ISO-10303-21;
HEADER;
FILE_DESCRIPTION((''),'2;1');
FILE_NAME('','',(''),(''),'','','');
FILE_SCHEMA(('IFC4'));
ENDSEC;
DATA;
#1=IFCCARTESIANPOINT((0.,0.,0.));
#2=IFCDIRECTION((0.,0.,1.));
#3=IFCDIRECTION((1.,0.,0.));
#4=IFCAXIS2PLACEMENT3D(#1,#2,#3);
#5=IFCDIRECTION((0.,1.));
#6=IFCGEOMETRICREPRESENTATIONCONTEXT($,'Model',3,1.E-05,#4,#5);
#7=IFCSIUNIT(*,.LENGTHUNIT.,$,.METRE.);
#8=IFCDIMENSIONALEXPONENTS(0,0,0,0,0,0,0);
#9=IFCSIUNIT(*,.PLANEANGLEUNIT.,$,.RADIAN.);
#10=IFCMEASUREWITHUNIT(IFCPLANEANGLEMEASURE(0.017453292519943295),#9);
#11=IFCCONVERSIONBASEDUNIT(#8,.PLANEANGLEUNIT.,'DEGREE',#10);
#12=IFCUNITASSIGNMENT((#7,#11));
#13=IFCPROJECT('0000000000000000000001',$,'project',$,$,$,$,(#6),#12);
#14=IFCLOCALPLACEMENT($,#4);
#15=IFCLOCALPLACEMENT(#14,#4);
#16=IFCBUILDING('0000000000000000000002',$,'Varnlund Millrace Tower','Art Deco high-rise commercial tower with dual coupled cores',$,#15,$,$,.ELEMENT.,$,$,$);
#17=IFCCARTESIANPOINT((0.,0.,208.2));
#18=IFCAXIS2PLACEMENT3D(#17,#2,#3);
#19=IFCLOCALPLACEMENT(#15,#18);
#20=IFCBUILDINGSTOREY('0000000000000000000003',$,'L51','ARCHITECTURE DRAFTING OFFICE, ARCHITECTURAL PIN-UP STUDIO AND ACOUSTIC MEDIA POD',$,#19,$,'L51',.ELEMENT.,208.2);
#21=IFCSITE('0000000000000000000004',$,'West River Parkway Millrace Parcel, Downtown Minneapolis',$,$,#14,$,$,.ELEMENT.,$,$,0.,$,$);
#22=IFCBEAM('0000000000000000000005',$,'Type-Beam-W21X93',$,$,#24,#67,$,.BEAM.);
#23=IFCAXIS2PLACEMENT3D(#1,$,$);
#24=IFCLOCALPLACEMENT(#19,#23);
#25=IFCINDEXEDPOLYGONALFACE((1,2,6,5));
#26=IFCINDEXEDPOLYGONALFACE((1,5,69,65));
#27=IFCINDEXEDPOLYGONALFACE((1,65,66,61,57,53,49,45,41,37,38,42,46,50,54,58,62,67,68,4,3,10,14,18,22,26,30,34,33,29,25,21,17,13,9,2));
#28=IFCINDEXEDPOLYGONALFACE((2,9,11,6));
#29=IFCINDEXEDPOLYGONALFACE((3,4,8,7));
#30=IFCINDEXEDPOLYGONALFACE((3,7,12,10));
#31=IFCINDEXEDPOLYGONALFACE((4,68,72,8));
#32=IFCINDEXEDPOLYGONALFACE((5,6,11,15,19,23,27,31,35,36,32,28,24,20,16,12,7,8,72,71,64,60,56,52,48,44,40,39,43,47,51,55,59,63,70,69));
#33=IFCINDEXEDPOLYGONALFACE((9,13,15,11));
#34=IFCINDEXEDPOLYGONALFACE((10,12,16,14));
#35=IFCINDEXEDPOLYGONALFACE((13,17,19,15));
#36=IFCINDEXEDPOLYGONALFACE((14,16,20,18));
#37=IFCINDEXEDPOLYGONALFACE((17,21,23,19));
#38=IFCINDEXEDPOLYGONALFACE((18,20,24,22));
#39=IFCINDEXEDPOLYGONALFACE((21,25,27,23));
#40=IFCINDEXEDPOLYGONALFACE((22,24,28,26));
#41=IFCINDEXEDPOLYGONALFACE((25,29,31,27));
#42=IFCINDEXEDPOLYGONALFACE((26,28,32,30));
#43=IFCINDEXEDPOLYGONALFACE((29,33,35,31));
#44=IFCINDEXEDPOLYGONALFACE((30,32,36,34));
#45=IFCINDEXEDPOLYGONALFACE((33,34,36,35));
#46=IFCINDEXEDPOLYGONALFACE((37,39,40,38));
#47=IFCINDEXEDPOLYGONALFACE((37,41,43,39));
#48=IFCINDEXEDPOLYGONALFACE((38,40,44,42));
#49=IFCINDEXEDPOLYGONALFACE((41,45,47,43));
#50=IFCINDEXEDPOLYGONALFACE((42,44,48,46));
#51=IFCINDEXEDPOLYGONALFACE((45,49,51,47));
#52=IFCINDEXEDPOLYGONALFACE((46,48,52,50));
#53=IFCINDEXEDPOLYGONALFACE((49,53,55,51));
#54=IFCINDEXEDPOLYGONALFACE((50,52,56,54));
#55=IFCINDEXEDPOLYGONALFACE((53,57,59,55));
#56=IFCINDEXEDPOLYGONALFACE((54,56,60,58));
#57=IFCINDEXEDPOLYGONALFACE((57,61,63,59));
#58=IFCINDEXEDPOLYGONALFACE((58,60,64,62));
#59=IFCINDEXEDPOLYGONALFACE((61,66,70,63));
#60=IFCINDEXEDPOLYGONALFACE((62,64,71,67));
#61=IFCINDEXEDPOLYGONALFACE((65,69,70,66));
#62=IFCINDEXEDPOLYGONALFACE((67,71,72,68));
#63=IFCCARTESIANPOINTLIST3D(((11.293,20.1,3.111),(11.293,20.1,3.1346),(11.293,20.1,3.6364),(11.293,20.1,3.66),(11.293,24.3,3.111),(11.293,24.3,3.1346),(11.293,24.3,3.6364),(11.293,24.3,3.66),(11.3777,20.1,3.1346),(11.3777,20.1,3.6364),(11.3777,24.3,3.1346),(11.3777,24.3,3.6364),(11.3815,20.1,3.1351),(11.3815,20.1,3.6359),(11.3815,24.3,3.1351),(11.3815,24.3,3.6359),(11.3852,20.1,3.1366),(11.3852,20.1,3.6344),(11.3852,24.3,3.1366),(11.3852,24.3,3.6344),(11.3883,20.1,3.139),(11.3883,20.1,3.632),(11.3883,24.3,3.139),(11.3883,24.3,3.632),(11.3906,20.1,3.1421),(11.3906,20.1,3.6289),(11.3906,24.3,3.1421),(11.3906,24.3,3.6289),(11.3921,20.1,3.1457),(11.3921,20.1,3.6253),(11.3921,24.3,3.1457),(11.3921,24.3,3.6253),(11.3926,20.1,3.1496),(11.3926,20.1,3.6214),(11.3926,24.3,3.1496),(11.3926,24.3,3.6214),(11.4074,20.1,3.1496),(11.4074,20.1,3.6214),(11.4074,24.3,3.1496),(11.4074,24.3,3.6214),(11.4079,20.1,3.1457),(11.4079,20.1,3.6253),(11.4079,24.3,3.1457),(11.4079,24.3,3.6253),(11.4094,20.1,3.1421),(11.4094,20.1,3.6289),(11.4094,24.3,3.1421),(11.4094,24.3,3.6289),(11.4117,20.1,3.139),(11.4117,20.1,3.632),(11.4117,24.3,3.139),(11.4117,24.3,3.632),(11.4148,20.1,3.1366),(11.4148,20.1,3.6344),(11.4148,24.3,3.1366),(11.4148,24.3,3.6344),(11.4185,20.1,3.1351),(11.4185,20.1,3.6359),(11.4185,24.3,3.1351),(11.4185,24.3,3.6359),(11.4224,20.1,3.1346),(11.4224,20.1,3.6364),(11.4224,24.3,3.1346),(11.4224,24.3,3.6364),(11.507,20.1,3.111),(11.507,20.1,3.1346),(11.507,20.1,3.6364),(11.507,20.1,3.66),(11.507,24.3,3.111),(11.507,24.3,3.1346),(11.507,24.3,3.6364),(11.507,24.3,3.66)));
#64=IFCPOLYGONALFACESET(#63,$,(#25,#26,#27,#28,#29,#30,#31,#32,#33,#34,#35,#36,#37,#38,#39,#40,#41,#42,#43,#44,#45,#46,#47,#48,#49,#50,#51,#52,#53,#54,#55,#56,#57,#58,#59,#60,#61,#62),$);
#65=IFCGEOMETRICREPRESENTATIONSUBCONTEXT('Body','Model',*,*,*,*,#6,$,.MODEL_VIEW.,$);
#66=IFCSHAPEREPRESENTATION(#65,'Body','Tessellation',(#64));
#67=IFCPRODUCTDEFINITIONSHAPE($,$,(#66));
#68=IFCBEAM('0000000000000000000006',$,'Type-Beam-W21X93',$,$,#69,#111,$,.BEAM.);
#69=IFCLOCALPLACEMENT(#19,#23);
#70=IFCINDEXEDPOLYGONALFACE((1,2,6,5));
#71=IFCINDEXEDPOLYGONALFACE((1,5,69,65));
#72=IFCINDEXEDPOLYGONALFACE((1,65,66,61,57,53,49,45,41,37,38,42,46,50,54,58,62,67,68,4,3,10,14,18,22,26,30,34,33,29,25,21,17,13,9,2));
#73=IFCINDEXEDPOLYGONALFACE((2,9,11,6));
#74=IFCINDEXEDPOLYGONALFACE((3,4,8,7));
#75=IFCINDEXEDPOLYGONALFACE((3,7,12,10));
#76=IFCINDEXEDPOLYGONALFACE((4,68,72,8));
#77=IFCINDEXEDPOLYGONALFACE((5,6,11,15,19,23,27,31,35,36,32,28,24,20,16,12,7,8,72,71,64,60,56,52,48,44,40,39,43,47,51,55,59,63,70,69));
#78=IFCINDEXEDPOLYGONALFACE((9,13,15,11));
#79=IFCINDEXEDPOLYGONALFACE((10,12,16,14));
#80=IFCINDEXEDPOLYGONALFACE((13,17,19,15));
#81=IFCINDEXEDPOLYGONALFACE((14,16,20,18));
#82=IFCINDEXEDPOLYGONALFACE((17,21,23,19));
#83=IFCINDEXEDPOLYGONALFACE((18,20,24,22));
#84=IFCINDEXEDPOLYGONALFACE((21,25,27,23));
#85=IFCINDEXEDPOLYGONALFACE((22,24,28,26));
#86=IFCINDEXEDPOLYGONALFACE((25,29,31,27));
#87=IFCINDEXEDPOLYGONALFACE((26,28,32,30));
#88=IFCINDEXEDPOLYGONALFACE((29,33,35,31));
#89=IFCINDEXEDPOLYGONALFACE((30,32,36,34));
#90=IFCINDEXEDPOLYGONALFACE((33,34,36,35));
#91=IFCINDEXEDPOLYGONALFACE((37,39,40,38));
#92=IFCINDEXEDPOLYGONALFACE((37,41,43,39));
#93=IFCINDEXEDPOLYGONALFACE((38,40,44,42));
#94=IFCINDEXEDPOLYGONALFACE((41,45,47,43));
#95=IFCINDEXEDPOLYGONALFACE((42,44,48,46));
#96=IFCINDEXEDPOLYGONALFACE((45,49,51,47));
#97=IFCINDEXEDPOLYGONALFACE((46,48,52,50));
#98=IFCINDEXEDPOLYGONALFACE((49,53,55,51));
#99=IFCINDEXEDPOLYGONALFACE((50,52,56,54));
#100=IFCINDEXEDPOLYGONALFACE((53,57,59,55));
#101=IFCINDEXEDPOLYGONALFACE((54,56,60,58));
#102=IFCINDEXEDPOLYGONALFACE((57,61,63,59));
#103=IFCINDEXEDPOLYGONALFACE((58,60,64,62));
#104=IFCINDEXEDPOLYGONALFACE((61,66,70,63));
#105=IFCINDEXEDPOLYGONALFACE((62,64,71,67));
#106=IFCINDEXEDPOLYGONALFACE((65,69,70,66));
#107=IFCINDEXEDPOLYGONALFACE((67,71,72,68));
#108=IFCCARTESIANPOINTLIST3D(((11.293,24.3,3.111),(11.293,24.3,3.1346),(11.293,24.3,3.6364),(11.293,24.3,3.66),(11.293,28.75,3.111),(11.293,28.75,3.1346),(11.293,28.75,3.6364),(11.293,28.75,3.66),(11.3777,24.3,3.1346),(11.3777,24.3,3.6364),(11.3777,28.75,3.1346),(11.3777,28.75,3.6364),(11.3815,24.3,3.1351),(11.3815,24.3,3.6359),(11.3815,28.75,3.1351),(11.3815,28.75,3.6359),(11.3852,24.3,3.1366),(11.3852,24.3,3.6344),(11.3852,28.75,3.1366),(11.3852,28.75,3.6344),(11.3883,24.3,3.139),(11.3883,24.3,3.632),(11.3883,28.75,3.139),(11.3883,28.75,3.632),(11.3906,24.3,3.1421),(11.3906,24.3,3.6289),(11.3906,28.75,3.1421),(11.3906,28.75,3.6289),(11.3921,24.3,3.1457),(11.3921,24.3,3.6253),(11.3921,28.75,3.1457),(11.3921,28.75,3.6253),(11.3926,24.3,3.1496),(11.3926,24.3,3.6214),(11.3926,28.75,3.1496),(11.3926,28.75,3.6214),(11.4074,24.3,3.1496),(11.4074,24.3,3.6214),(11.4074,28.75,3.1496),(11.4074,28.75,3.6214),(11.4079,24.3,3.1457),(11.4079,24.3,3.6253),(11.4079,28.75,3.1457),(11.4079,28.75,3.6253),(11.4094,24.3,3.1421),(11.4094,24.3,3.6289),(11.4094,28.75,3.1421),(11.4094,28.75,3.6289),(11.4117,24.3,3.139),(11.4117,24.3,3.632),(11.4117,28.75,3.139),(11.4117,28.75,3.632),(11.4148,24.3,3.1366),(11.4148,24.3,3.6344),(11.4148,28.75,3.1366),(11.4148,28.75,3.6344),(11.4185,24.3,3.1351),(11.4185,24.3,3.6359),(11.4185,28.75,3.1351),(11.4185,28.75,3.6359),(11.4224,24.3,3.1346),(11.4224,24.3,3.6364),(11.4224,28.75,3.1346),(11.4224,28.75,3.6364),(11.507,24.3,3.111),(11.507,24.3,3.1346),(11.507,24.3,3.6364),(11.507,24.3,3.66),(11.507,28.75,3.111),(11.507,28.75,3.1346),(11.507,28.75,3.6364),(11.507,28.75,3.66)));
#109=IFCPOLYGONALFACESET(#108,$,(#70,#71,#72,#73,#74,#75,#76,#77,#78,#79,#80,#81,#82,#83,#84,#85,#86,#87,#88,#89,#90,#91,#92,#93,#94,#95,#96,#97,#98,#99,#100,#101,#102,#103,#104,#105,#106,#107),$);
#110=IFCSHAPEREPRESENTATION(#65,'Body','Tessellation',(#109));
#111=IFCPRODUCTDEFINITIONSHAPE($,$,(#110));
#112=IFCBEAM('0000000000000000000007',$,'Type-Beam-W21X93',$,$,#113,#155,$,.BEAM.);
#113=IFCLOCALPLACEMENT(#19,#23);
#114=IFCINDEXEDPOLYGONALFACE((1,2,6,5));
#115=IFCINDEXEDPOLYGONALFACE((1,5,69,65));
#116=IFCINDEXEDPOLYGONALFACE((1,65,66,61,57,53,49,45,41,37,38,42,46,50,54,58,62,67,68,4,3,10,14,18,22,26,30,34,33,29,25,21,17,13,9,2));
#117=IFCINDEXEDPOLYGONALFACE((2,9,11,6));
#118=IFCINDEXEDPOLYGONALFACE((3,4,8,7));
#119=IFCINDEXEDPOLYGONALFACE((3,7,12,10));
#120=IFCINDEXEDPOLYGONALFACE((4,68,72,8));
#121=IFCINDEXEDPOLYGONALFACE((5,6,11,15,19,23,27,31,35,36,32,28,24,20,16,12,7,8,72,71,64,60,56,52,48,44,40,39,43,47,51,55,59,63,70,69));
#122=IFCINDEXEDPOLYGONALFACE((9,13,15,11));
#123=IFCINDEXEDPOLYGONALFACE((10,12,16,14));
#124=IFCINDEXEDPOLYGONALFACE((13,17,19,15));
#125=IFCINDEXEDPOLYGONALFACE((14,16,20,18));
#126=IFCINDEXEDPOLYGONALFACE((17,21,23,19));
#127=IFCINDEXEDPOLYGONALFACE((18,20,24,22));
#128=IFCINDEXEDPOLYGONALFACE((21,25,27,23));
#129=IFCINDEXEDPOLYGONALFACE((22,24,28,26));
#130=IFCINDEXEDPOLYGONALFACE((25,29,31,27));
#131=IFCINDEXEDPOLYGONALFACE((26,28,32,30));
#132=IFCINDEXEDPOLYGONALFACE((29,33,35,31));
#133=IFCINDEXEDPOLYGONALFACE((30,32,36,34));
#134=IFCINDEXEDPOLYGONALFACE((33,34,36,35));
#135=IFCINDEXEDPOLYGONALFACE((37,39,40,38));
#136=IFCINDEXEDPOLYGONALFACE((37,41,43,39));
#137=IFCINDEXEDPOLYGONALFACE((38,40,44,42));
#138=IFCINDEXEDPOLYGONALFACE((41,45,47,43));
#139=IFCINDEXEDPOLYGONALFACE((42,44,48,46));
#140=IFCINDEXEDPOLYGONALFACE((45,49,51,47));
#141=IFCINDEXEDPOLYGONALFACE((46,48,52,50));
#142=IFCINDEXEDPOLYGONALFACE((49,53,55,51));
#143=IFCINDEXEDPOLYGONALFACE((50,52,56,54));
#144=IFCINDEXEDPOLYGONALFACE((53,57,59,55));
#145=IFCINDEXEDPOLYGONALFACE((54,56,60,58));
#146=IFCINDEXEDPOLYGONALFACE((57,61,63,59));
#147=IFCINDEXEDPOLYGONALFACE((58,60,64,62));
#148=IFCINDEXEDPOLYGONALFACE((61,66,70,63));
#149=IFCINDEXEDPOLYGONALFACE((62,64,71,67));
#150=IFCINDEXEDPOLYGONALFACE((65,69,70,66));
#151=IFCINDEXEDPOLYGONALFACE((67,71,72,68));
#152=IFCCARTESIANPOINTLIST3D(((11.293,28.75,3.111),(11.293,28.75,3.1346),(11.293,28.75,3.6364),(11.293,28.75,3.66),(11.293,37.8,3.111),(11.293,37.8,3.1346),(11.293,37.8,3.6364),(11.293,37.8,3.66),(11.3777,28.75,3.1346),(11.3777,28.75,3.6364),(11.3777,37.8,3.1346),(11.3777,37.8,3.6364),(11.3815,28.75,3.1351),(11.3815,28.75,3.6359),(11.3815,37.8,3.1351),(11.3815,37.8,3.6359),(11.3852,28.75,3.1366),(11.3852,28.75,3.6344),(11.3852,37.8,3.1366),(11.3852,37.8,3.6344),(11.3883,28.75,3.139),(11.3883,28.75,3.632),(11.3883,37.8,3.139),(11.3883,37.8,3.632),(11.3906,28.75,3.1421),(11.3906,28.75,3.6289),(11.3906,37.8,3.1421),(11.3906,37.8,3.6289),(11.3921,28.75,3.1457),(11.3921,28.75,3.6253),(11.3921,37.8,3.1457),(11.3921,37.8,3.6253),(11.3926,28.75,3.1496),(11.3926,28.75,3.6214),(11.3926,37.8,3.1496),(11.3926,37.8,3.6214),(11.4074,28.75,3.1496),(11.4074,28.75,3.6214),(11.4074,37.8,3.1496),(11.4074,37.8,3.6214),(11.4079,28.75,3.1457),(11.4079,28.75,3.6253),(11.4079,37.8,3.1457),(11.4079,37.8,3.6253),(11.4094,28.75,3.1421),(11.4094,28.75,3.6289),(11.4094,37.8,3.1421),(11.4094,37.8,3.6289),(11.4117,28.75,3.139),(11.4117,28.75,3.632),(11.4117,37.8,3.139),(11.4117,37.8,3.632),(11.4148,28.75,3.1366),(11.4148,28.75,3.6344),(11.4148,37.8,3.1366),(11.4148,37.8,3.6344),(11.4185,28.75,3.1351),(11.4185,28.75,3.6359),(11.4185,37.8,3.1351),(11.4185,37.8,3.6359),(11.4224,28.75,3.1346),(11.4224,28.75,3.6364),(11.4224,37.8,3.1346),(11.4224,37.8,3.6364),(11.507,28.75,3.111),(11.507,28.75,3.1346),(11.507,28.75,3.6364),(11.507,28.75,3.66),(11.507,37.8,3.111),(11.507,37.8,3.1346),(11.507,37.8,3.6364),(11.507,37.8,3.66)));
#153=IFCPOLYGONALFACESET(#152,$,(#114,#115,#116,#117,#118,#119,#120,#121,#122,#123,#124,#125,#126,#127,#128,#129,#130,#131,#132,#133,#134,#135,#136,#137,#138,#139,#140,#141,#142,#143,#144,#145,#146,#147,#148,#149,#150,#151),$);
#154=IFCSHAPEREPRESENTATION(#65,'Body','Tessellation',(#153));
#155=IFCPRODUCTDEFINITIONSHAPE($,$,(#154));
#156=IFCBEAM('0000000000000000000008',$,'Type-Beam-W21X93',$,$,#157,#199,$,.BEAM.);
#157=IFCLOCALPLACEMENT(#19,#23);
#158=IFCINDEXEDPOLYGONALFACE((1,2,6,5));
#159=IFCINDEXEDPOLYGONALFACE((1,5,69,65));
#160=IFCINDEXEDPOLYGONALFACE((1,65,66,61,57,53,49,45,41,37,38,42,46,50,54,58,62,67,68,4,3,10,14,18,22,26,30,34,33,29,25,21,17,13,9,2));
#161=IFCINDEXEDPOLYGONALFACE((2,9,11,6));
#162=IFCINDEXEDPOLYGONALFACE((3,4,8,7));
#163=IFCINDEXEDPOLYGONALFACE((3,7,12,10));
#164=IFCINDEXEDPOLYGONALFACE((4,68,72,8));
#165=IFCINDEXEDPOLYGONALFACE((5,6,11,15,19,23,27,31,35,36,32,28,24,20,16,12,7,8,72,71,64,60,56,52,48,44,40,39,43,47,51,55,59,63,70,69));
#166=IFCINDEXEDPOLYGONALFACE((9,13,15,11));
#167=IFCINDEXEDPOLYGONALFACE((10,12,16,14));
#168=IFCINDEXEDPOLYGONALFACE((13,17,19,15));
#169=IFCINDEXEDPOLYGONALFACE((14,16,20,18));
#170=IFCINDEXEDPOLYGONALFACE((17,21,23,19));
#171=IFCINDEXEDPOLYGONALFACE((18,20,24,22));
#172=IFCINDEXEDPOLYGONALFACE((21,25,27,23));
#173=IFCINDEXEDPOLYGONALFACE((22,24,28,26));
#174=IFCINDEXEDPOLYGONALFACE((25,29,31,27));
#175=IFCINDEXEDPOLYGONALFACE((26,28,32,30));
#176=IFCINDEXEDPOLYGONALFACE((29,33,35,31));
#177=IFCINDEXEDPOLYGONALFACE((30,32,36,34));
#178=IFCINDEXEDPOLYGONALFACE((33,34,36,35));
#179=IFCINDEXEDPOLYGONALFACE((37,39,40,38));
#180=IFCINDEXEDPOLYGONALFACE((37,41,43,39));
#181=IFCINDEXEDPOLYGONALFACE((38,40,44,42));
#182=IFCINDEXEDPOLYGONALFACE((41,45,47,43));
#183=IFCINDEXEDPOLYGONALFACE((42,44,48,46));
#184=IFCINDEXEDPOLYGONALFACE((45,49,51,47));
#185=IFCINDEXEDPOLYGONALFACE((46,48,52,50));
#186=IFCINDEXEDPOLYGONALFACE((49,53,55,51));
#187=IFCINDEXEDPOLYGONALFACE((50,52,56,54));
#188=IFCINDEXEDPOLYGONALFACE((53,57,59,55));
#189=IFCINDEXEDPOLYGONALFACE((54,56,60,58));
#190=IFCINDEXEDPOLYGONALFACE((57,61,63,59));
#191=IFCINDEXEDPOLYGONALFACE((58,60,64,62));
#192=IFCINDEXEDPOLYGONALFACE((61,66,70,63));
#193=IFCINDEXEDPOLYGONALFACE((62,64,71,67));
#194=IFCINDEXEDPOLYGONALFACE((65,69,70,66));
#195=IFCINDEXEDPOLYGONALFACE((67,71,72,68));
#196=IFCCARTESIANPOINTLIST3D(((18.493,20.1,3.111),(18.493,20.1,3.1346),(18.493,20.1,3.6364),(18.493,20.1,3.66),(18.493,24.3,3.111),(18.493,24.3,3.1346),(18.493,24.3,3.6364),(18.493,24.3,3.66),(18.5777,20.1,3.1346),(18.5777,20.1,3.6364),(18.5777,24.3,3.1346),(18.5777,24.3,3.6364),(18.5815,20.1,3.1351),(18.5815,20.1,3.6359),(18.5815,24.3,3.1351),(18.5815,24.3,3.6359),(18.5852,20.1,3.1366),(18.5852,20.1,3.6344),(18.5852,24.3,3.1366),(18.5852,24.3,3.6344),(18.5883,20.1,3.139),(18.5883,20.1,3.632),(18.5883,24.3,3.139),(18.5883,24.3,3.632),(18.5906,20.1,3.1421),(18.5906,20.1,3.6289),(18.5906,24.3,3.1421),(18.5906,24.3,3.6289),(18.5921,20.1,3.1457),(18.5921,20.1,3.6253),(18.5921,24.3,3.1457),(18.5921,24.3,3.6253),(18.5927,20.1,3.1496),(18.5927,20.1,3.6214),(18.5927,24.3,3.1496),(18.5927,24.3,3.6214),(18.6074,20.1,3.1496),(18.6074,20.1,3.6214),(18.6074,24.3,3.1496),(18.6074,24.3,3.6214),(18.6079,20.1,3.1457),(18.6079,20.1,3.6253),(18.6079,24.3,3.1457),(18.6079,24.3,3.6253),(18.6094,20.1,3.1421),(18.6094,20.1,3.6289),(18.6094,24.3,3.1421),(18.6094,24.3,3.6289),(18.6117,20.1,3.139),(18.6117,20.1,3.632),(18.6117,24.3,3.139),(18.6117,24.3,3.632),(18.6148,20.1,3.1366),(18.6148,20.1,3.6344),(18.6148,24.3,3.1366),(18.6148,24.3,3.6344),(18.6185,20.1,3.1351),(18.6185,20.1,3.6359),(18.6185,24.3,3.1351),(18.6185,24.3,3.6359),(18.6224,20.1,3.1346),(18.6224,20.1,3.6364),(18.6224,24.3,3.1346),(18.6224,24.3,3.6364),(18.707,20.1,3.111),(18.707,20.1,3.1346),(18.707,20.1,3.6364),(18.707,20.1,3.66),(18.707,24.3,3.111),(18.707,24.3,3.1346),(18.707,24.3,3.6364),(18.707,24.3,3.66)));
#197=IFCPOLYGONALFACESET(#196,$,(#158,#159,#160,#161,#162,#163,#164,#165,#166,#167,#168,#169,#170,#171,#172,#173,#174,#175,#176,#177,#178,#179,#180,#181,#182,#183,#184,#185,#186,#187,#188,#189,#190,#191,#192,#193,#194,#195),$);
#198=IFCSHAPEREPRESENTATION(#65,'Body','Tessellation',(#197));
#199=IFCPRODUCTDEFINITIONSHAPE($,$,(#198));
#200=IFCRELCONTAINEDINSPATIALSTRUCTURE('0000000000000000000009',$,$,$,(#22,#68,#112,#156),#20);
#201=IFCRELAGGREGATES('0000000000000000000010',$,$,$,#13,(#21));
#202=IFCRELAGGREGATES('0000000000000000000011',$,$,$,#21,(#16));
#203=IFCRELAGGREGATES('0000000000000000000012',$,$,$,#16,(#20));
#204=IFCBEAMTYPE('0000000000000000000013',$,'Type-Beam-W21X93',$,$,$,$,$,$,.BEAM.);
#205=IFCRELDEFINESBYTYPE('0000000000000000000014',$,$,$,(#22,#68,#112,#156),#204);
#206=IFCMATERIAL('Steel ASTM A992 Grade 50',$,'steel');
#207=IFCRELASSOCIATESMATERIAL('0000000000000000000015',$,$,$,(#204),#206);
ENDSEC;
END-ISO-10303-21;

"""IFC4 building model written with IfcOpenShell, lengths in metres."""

from ifc_helpers import new_model, entity, si_unit, converted_unit, direction, frame, origin_with_axes, origin_2d_with_axis, place, context, subcontext, project, spatial, i_section, extrude, material, material_profile, profile_set, type_object, element, save


model = new_model("IFC4")

# Units and contexts
model_context = context("Model", 3, precision=1e-05, world=origin_with_axes(), true_north=direction((0.0, 1.0)))
body_context = subcontext(model_context, "Body", "Model", "MODEL_VIEW")
ifc_project = project(units=[si_unit("LENGTHUNIT", "METRE"), converted_unit("PLANEANGLEUNIT", "DEGREE", entity("IfcPlaneAngleMeasure", 0.017453292519943295), si_unit("PLANEANGLEUNIT", "RADIAN"), dimensions=[0, 0, 0, 0, 0, 0, 0])], contexts=[model_context])

# Site, building, storey
site_placement = place(None, origin_with_axes())
site = spatial("IfcSite", under=ifc_project, at=site_placement, Name="West River Parkway Millrace Parcel, Downtown Minneapolis", CompositionType="ELEMENT", RefElevation=0.0)
building_placement = place(site_placement, origin_with_axes())
building = spatial("IfcBuilding", under=site, at=building_placement, Name="Varnlund Millrace Tower", Description="Art Deco high-rise commercial tower with dual coupled cores", CompositionType="ELEMENT")
storey_placement = place(building_placement, frame((0.0, 0.0, 208.2), z_axis=(0.0, 0.0, 1.0), x_axis=(1.0, 0.0, 0.0)))
storey = spatial("IfcBuildingStorey", under=building, at=storey_placement, Name="L51", Description="ARCHITECTURE DRAFTING OFFICE, ARCHITECTURAL PIN-UP STUDIO AND ACOUSTIC MEDIA POD", LongName="L51", CompositionType="ELEMENT", Elevation=208.2)

# Beams
ifc_material_1 = material(Name="Steel ASTM A992 Grade 50", Category="steel")
ifc_material_profile_1 = material_profile(ifc_material_1, i_section(OverallWidth=0.214, OverallDepth=0.549, WebThickness=0.0147, FlangeThickness=0.0236, FilletRadius=0.015, at=origin_2d_with_axis()), Name="Steel ASTM A992 Grade 50")
ifc_profile_set_1 = profile_set([ifc_material_profile_1], Name="Steel ASTM A992 Grade 50")
beam_type_1 = type_object("IfcBeamType", Name="Type-Beam-W21X93", PredefinedType="BEAM", material=ifc_profile_set_1)
beam_1_placement = place(storey_placement, frame((11.4, 20.1, 3.3855), z_axis=(0.0, 1.0, 0.0), x_axis=(-1.0, 0.0, 0.0)))
element("IfcBeam", 1, at=beam_1_placement, inside=storey, type_object=beam_type_1, Name="Type-Beam-W21X93", PredefinedType="BEAM", context=body_context, shape_type="SweptSolid", body=[
    extrude(i_section(OverallWidth=0.214, OverallDepth=0.549, WebThickness=0.0147, FlangeThickness=0.0236, FilletRadius=0.015, at=origin_2d_with_axis()), origin_with_axes(), (0.0, 0.0, 1.0), 4.2),
])
beam_2_placement = place(storey_placement, frame((11.4, 24.3, 3.3855), z_axis=(0.0, 1.0, 0.0), x_axis=(-1.0, 0.0, 0.0)))
element("IfcBeam", 2, at=beam_2_placement, inside=storey, type_object=beam_type_1, Name="Type-Beam-W21X93", PredefinedType="BEAM", context=body_context, shape_type="SweptSolid", body=[
    extrude(i_section(OverallWidth=0.214, OverallDepth=0.549, WebThickness=0.0147, FlangeThickness=0.0236, FilletRadius=0.015, at=origin_2d_with_axis()), origin_with_axes(), (0.0, 0.0, 1.0), 4.45),
])
beam_3_placement = place(storey_placement, frame((11.4, 28.75, 3.3855), z_axis=(0.0, 1.0, 0.0), x_axis=(-1.0, 0.0, 0.0)))
element("IfcBeam", 3, at=beam_3_placement, inside=storey, type_object=beam_type_1, Name="Type-Beam-W21X93", PredefinedType="BEAM", context=body_context, shape_type="SweptSolid", body=[
    extrude(i_section(OverallWidth=0.214, OverallDepth=0.549, WebThickness=0.0147, FlangeThickness=0.0236, FilletRadius=0.015, at=origin_2d_with_axis()), origin_with_axes(), (0.0, 0.0, 1.0), 9.05),
])
beam_4_placement = place(storey_placement, frame((18.6, 20.1, 3.3855), z_axis=(0.0, 1.0, 0.0), x_axis=(-1.0, 0.0, 0.0)))
element("IfcBeam", 4, at=beam_4_placement, inside=storey, type_object=beam_type_1, Name="Type-Beam-W21X93", PredefinedType="BEAM", context=body_context, shape_type="SweptSolid", body=[
    extrude(i_section(OverallWidth=0.214, OverallDepth=0.549, WebThickness=0.0147, FlangeThickness=0.0236, FilletRadius=0.015, at=origin_2d_with_axis()), origin_with_axes(), (0.0, 0.0, 1.0), 4.2),
])

save(model, "model.ifc")
